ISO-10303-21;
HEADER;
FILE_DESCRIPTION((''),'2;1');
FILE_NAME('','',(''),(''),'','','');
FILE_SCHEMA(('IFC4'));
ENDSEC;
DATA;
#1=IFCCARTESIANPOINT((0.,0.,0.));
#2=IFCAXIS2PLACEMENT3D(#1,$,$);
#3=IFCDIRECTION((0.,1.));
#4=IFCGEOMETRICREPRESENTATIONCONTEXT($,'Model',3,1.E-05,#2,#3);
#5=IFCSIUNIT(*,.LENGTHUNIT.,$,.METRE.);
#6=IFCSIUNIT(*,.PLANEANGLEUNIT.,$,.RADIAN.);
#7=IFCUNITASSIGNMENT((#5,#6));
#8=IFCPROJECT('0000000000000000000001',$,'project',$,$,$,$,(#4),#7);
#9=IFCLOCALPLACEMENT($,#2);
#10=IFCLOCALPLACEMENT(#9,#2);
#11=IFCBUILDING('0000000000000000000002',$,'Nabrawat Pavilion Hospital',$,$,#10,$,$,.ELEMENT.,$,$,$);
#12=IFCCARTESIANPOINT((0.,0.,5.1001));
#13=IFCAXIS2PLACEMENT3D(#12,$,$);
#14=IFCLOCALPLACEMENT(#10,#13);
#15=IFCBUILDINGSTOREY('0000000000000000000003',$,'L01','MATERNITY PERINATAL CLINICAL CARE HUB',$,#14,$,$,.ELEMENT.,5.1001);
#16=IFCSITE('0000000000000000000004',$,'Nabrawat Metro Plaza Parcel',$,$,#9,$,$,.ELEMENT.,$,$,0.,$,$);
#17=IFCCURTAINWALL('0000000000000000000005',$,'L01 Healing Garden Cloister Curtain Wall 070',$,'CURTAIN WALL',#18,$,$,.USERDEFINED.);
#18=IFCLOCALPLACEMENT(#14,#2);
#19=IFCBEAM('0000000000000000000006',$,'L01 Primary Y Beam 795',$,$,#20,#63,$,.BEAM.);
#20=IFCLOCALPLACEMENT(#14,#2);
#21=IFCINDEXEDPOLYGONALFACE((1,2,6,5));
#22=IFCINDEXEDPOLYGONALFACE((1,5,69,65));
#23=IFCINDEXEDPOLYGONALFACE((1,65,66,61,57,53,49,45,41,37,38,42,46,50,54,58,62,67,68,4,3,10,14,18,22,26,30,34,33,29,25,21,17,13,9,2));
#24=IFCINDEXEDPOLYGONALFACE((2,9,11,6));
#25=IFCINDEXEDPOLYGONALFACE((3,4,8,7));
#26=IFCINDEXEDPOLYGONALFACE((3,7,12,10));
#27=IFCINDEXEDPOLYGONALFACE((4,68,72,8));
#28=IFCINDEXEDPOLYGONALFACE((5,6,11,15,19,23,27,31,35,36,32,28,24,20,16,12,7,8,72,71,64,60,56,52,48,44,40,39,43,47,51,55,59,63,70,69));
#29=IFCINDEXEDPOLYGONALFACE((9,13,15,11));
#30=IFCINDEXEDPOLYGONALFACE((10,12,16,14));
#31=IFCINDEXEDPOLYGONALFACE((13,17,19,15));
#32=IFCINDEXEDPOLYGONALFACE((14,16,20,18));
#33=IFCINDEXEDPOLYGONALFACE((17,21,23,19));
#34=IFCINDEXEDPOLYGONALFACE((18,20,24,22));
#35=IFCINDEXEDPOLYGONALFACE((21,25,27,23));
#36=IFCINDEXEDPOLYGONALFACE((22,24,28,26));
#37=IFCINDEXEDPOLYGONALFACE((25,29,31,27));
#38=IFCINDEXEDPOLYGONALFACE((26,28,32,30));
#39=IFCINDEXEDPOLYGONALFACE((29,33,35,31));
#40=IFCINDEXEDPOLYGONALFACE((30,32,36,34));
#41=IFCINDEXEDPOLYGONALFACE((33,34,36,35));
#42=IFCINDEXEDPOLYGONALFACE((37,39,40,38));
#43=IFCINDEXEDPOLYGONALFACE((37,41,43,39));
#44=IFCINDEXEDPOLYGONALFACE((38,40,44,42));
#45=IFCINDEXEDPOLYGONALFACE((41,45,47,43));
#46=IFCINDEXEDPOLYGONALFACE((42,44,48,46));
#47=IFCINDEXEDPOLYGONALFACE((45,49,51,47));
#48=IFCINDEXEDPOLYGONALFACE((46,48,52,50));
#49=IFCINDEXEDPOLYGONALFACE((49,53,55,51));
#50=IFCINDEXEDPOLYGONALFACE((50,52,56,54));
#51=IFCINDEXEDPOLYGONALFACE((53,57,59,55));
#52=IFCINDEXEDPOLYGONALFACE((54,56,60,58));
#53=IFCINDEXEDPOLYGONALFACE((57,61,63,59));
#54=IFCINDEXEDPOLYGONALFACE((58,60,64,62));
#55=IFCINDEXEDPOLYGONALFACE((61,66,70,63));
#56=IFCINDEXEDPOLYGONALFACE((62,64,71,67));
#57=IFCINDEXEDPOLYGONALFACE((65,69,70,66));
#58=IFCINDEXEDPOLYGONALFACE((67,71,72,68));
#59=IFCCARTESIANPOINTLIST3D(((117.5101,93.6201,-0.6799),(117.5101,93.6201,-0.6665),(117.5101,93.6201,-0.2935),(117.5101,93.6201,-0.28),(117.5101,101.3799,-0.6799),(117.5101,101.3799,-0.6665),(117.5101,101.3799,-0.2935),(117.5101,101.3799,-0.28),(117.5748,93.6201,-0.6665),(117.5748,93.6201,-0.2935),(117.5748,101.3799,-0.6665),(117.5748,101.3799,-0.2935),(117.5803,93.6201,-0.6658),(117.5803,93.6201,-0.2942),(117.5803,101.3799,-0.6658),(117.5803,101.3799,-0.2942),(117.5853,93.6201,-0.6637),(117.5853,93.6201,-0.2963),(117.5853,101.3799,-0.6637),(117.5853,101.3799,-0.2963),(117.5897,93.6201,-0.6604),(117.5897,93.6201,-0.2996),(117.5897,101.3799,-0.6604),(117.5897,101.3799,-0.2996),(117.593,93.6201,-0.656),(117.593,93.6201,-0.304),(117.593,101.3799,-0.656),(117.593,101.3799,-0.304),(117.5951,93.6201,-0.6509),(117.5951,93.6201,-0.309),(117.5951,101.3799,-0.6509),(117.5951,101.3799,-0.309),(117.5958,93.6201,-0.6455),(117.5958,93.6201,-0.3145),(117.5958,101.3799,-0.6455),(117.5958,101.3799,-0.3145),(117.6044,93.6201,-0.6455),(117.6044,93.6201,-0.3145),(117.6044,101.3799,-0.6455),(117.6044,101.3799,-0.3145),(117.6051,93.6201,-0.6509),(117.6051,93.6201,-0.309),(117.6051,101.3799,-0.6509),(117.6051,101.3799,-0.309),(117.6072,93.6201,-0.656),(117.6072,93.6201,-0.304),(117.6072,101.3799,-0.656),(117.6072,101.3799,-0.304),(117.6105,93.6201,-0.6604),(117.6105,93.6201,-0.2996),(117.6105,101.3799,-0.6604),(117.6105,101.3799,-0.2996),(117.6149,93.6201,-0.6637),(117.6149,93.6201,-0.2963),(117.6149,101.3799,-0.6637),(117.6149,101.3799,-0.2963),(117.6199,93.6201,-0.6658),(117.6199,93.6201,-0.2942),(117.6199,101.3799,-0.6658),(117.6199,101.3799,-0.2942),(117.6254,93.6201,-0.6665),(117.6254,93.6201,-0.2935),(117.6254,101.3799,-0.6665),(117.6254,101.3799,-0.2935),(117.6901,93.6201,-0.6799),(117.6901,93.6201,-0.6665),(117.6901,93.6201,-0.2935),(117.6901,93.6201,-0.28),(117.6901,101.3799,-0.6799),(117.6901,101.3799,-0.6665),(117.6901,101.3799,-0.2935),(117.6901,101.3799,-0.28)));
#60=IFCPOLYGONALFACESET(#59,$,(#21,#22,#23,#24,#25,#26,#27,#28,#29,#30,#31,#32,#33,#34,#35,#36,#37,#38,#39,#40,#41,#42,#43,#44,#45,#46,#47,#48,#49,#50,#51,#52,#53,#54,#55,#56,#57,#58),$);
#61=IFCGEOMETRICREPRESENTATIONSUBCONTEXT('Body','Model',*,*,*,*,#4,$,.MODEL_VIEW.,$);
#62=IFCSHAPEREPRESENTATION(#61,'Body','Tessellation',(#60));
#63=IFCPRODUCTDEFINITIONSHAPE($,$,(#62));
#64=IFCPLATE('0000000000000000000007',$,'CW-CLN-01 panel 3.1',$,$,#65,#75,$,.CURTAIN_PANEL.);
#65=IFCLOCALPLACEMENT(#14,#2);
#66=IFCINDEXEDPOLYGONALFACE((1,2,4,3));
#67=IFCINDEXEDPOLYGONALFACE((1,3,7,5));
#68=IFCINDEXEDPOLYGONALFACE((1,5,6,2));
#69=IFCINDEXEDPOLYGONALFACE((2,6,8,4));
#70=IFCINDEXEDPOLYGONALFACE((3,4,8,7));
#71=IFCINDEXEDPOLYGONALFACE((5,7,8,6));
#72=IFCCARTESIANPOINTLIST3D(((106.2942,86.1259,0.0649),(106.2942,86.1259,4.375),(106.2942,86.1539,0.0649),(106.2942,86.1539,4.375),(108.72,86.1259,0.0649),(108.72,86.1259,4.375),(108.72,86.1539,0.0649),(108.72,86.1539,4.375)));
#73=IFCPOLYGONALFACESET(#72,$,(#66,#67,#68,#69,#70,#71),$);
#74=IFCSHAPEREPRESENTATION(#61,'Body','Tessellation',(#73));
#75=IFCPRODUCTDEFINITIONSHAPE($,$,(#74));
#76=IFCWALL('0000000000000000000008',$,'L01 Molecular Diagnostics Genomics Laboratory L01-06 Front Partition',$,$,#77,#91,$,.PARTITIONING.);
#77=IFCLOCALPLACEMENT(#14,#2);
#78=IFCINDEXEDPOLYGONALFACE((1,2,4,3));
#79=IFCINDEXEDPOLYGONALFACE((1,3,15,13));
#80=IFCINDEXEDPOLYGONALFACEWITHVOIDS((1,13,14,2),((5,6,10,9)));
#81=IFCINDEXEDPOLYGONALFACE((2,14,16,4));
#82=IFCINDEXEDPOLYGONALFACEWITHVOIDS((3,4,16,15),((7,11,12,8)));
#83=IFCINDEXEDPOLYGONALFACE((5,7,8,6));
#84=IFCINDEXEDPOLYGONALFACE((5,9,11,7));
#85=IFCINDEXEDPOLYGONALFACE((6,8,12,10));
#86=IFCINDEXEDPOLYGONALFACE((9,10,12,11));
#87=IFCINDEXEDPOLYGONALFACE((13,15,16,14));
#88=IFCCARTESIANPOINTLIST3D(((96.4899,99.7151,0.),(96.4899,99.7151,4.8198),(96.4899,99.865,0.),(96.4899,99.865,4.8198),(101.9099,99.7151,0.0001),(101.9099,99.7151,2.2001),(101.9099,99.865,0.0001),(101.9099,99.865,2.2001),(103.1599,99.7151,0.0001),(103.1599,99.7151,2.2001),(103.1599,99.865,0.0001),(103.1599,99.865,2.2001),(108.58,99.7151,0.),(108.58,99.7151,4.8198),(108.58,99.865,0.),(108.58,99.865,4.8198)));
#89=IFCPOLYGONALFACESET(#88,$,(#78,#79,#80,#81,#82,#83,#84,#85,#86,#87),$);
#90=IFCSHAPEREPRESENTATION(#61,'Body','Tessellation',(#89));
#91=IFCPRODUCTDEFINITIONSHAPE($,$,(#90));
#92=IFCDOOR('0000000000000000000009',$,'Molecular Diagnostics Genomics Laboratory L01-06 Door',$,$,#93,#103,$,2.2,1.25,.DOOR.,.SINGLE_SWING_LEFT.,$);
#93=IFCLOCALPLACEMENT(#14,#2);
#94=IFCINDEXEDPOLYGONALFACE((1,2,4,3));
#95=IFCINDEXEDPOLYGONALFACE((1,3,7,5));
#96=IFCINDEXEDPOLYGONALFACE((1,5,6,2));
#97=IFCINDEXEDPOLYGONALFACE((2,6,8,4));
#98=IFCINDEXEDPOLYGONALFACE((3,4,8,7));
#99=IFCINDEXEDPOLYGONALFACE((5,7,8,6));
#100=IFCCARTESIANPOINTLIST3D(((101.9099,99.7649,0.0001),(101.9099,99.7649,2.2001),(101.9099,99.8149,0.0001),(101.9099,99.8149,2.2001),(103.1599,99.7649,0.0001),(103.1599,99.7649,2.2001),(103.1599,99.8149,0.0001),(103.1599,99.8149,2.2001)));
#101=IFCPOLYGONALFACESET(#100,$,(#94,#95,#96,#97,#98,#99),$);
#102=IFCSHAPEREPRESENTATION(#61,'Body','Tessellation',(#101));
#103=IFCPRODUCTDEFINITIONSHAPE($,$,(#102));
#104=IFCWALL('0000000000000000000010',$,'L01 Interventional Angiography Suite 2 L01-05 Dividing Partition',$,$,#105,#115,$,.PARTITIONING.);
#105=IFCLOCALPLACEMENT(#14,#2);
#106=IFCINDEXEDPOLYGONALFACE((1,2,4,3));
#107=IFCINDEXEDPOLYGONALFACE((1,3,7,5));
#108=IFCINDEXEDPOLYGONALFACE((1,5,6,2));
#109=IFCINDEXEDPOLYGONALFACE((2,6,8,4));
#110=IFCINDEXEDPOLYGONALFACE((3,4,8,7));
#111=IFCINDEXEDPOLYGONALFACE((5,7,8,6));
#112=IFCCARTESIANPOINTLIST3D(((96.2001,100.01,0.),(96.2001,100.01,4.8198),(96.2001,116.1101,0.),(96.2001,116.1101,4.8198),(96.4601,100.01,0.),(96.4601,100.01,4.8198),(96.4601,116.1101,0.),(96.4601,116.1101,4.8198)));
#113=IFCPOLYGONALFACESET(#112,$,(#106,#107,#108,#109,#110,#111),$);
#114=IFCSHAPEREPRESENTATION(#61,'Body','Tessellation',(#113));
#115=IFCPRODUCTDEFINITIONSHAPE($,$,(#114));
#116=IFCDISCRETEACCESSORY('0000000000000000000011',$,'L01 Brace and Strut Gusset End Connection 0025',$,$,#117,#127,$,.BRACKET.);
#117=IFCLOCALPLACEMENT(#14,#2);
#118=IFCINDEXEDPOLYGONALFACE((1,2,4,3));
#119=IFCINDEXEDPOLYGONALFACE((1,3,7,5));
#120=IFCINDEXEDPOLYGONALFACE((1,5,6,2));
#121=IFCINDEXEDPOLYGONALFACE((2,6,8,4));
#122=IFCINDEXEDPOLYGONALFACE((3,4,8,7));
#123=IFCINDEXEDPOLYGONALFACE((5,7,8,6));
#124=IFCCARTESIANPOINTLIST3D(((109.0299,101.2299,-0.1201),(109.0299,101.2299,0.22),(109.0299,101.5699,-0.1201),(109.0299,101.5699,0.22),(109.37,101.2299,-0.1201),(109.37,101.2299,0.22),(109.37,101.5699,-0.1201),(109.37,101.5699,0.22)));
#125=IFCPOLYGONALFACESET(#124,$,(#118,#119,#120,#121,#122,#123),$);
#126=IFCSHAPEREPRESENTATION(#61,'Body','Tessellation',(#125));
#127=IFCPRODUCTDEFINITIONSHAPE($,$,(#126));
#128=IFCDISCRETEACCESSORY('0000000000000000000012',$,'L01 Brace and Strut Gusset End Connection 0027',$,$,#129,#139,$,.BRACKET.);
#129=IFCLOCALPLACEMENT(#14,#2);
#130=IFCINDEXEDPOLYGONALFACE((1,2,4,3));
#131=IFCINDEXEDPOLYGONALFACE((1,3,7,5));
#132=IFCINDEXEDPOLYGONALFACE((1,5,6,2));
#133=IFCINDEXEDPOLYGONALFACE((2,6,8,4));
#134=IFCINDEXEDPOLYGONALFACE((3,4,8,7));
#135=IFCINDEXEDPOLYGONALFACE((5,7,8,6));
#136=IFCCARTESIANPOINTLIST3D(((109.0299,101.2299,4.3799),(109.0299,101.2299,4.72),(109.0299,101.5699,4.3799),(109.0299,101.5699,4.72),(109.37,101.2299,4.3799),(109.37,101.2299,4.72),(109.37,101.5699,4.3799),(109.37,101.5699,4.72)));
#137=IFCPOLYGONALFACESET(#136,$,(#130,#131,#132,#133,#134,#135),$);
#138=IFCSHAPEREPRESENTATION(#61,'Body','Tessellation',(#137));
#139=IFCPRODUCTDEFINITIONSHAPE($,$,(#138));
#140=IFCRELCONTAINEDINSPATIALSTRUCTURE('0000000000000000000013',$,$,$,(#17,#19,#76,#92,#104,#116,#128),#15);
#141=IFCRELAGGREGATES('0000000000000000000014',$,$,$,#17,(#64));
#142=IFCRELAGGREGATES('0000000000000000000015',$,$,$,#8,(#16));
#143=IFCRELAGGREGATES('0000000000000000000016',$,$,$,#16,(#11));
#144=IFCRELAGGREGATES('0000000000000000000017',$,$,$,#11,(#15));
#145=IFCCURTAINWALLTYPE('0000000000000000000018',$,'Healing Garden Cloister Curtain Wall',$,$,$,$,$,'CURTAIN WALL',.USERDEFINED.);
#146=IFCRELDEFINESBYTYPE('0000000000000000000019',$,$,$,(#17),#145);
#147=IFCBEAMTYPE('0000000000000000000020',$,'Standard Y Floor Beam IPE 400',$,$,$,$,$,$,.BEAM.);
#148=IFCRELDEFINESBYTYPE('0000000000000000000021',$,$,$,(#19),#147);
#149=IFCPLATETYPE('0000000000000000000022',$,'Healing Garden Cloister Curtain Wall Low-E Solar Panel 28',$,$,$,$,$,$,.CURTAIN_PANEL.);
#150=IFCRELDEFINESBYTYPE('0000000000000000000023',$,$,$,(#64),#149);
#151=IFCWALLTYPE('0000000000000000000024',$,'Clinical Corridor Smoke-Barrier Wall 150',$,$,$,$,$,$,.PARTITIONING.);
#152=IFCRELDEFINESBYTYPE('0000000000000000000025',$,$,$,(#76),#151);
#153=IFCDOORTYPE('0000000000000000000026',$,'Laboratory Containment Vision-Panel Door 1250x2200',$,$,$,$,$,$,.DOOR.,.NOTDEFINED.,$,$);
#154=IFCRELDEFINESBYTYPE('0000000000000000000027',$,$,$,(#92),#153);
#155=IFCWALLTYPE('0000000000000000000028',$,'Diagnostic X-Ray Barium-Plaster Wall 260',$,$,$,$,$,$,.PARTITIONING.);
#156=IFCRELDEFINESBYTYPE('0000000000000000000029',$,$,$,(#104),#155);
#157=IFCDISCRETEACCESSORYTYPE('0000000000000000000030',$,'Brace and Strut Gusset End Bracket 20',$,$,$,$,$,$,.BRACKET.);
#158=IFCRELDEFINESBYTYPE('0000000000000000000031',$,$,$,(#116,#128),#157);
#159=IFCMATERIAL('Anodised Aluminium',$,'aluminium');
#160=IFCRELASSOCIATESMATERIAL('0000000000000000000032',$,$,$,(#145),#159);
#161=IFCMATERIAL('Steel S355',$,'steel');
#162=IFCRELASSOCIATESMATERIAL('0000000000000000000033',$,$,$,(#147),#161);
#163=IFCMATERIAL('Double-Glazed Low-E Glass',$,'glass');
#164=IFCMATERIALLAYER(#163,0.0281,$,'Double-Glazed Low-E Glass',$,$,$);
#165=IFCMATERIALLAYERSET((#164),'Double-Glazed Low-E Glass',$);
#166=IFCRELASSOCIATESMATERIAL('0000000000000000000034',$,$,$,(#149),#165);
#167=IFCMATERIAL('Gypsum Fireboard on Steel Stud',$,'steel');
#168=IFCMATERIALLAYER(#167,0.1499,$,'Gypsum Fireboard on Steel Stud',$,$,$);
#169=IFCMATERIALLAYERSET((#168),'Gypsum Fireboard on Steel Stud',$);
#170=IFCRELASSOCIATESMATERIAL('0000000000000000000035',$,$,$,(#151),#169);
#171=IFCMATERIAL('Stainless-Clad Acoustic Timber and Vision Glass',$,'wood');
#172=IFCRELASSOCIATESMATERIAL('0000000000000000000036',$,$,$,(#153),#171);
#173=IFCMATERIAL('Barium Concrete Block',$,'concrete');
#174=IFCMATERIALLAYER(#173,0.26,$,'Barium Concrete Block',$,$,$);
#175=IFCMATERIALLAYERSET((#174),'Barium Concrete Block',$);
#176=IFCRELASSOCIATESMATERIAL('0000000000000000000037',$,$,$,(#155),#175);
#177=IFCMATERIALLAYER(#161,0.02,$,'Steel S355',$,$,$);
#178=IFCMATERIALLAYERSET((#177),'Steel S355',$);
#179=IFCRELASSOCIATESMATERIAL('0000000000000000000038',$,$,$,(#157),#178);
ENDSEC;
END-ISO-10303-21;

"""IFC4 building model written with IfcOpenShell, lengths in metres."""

from ifc_helpers import new_model, si_unit, direction, frame, frame_2d, origin, origin_2d, place, context, subcontext, project, spatial, rectangle, i_section, extrude, material, layer, layer_set, material_profile, profile_set, type_object, element, fill, aggregate, save


model = new_model("IFC4")

# Units and contexts
model_context = context("Model", 3, precision=1e-05, world=origin(), true_north=direction((0.0, 1.0)))
body_context = subcontext(model_context, "Body", "Model", "MODEL_VIEW")
ifc_project = project(units=[si_unit("LENGTHUNIT", "METRE"), si_unit("PLANEANGLEUNIT", "RADIAN")], contexts=[model_context])

# Site, building, storey
site_placement = place(None, origin())
site = spatial("IfcSite", under=ifc_project, at=site_placement, Name="Nabrawat Metro Plaza Parcel", CompositionType="ELEMENT", RefElevation=0.0)
building_placement = place(site_placement, origin())
building = spatial("IfcBuilding", under=site, at=building_placement, Name="Nabrawat Pavilion Hospital", CompositionType="ELEMENT")
storey_placement = place(building_placement, frame((0.0, 0.0, 5.1001)))
storey = spatial("IfcBuildingStorey", under=building, at=storey_placement, Name="L01", Description="MATERNITY PERINATAL CLINICAL CARE HUB", CompositionType="ELEMENT", Elevation=5.1001)

# Curtain wall
ifc_material_1 = material(Name="Anodised Aluminium", Category="aluminium")
curtain_wall_type = type_object("IfcCurtainWallType", Name="Healing Garden Cloister Curtain Wall", ElementType="CURTAIN WALL", PredefinedType="USERDEFINED", material=ifc_material_1)
curtain_wall_placement = place(storey_placement, origin())
curtain_wall = element("IfcCurtainWall", 1, at=curtain_wall_placement, inside=storey, type_object=curtain_wall_type, Name="L01 Healing Garden Cloister Curtain Wall 070", ObjectType="CURTAIN WALL", PredefinedType="USERDEFINED")

# Shared definitions
ifc_material_2 = material(Name="Steel S355", Category="steel")

# Beam
ifc_material_profile_1 = material_profile(ifc_material_2, i_section(OverallWidth=0.1799, OverallDepth=0.3999, WebThickness=0.0085, FlangeThickness=0.0134, FilletRadius=0.021, at=origin_2d()), Name="IPE 400")
ifc_profile_set_1 = profile_set([ifc_material_profile_1], Name="Steel S355")
beam_type_1 = type_object("IfcBeamType", Name="Standard Y Floor Beam IPE 400", PredefinedType="BEAM", material=ifc_profile_set_1)
for number, where, z_axis, x_axis, name in (
    (2, (117.6001, 93.6201, -0.48), (0.0, 1.0, 0.0), (-1.0, 0.0, 0.0), "L01 Primary Y Beam 795"),
):
    element("IfcBeam", number, at=place(storey_placement, frame(where, z_axis=z_axis, x_axis=x_axis)), inside=storey, type_object=beam_type_1, Name=name, PredefinedType="BEAM", context=body_context, shape_type="SweptSolid", body=[
        extrude(i_section(OverallWidth=0.1799, OverallDepth=0.3999, WebThickness=0.0085, FlangeThickness=0.0134, FilletRadius=0.021, at=origin_2d()), origin(), (0.0, 0.0, 1.0), 7.7598),
    ])

# Plate
ifc_material_3 = material(Name="Double-Glazed Low-E Glass", Category="glass")
ifc_layer_1 = layer(ifc_material_3, 0.0281, Name="Double-Glazed Low-E Glass")
ifc_layer_set_1 = layer_set([ifc_layer_1], Name="Double-Glazed Low-E Glass")
plate_type = type_object("IfcPlateType", Name="Healing Garden Cloister Curtain Wall Low-E Solar Panel 28", PredefinedType="CURTAIN_PANEL", material=ifc_layer_set_1)
plate_placement = place(storey_placement, frame((107.5071, 86.1399, 0.0649), z_axis=(0.0, 0.0, 1.0), x_axis=(1.0, 0.0, 0.0)))
plate = element("IfcPlate", 3, at=plate_placement, type_object=plate_type, Name="CW-CLN-01 panel 3.1", PredefinedType="CURTAIN_PANEL", context=body_context, shape_type="SweptSolid", body=[
    extrude(rectangle(XDim=2.4258, YDim=0.0281, at=origin_2d()), origin(), (0.0, 0.0, 1.0), 4.3101),
])
aggregate(curtain_wall, [plate])

# Wall, opening, door
ifc_material_4 = material(Name="Gypsum Fireboard on Steel Stud", Category="steel")
ifc_layer_2 = layer(ifc_material_4, 0.1499, Name="Gypsum Fireboard on Steel Stud")
ifc_layer_set_2 = layer_set([ifc_layer_2], Name="Gypsum Fireboard on Steel Stud")
wall_type_1 = type_object("IfcWallType", Name="Clinical Corridor Smoke-Barrier Wall 150", PredefinedType="PARTITIONING", material=ifc_layer_set_2)
wall_1_placement = place(storey_placement, frame((96.49, 99.79, 0.0), z_axis=(0.0, 0.0, 1.0), x_axis=(1.0, 0.0, 0.0)))
wall_1 = element("IfcWall", 4, at=wall_1_placement, inside=storey, type_object=wall_type_1, Name="L01 Molecular Diagnostics Genomics Laboratory L01-06 Front Partition", PredefinedType="PARTITIONING", context=body_context, shape_type="SweptSolid", body=[
    extrude(rectangle(XDim=12.0901, YDim=0.1499, at=frame_2d((6.0449, 0.0))), origin(), (0.0, 0.0, 1.0), 4.8198),
])
opening_placement = place(wall_1_placement, frame((5.4199, 0.0, 0.0)))
opening = element("IfcOpeningElement", 5, at=opening_placement, cuts=wall_1, PredefinedType="OPENING", context=body_context, shape_type="SweptSolid", body=[
    extrude(rectangle(XDim=1.25, YDim=2.2, at=frame_2d((0.625, 1.1001))), frame((0.0, 0.085, 0.0), z_axis=(0.0, -1.0, 0.0), x_axis=(1.0, 0.0, 0.0)), (0.0, 0.0, 1.0), 0.1699),
])
ifc_material_5 = material(Name="Stainless-Clad Acoustic Timber and Vision Glass", Category="wood")
door_type = type_object("IfcDoorType", Name="Laboratory Containment Vision-Panel Door 1250x2200", OperationType="NOTDEFINED", PredefinedType="DOOR", material=ifc_material_5)
door_placement = place(opening_placement, origin())
door = element("IfcDoor", 6, at=door_placement, inside=storey, type_object=door_type, Name="Molecular Diagnostics Genomics Laboratory L01-06 Door", OperationType="SINGLE_SWING_LEFT", OverallHeight=2.2, OverallWidth=1.25, PredefinedType="DOOR", context=body_context, shape_type="SweptSolid", body=[
    extrude(rectangle(XDim=1.25, YDim=2.2, at=frame_2d((0.625, 1.1001))), frame((0.0, 0.0249, 0.0), z_axis=(0.0, -1.0, 0.0), x_axis=(1.0, 0.0, 0.0)), (0.0, 0.0, 1.0), 0.05),
])
fill(opening, door)

# Wall
ifc_material_6 = material(Name="Barium Concrete Block", Category="concrete")
ifc_layer_3 = layer(ifc_material_6, 0.26, Name="Barium Concrete Block")
ifc_layer_set_3 = layer_set([ifc_layer_3], Name="Barium Concrete Block")
wall_type_2 = type_object("IfcWallType", Name="Diagnostic X-Ray Barium-Plaster Wall 260", PredefinedType="PARTITIONING", material=ifc_layer_set_3)
wall_2_placement = place(storey_placement, frame((96.3301, 100.01, 0.0), z_axis=(0.0, 0.0, 1.0), x_axis=(0.0, 1.0, 0.0)))
element("IfcWall", 7, at=wall_2_placement, inside=storey, type_object=wall_type_2, Name="L01 Interventional Angiography Suite 2 L01-05 Dividing Partition", PredefinedType="PARTITIONING", context=body_context, shape_type="SweptSolid", body=[
    extrude(rectangle(XDim=16.1001, YDim=0.26, at=frame_2d((8.05, 0.0))), origin(), (0.0, 0.0, 1.0), 4.8198),
])

# Discrete accessories
ifc_layer_4 = layer(ifc_material_2, 0.02, Name="Steel S355")
ifc_layer_set_4 = layer_set([ifc_layer_4], Name="Steel S355")
discrete_accessory_type = type_object("IfcDiscreteAccessoryType", Name="Brace and Strut Gusset End Bracket 20", PredefinedType="BRACKET", material=ifc_layer_set_4)
for number, where, z_axis, x_axis, name in (
    (8, (109.2, 101.3999, -0.1201), (0.0, 0.0, 1.0), (1.0, 0.0, 0.0), "L01 Brace and Strut Gusset End Connection 0025"),
    (9, (109.2, 101.3999, 4.3799), (0.0, 0.0, 1.0), (1.0, 0.0, 0.0), "L01 Brace and Strut Gusset End Connection 0027"),
):
    element("IfcDiscreteAccessory", number, at=place(storey_placement, frame(where, z_axis=z_axis, x_axis=x_axis)), inside=storey, type_object=discrete_accessory_type, Name=name, PredefinedType="BRACKET", context=body_context, shape_type="SweptSolid", body=[
        extrude(rectangle(XDim=0.3401, YDim=0.3401, at=origin_2d()), origin(), (0.0, 0.0, 1.0), 0.3401),
    ])

save(model, "model.ifc")
